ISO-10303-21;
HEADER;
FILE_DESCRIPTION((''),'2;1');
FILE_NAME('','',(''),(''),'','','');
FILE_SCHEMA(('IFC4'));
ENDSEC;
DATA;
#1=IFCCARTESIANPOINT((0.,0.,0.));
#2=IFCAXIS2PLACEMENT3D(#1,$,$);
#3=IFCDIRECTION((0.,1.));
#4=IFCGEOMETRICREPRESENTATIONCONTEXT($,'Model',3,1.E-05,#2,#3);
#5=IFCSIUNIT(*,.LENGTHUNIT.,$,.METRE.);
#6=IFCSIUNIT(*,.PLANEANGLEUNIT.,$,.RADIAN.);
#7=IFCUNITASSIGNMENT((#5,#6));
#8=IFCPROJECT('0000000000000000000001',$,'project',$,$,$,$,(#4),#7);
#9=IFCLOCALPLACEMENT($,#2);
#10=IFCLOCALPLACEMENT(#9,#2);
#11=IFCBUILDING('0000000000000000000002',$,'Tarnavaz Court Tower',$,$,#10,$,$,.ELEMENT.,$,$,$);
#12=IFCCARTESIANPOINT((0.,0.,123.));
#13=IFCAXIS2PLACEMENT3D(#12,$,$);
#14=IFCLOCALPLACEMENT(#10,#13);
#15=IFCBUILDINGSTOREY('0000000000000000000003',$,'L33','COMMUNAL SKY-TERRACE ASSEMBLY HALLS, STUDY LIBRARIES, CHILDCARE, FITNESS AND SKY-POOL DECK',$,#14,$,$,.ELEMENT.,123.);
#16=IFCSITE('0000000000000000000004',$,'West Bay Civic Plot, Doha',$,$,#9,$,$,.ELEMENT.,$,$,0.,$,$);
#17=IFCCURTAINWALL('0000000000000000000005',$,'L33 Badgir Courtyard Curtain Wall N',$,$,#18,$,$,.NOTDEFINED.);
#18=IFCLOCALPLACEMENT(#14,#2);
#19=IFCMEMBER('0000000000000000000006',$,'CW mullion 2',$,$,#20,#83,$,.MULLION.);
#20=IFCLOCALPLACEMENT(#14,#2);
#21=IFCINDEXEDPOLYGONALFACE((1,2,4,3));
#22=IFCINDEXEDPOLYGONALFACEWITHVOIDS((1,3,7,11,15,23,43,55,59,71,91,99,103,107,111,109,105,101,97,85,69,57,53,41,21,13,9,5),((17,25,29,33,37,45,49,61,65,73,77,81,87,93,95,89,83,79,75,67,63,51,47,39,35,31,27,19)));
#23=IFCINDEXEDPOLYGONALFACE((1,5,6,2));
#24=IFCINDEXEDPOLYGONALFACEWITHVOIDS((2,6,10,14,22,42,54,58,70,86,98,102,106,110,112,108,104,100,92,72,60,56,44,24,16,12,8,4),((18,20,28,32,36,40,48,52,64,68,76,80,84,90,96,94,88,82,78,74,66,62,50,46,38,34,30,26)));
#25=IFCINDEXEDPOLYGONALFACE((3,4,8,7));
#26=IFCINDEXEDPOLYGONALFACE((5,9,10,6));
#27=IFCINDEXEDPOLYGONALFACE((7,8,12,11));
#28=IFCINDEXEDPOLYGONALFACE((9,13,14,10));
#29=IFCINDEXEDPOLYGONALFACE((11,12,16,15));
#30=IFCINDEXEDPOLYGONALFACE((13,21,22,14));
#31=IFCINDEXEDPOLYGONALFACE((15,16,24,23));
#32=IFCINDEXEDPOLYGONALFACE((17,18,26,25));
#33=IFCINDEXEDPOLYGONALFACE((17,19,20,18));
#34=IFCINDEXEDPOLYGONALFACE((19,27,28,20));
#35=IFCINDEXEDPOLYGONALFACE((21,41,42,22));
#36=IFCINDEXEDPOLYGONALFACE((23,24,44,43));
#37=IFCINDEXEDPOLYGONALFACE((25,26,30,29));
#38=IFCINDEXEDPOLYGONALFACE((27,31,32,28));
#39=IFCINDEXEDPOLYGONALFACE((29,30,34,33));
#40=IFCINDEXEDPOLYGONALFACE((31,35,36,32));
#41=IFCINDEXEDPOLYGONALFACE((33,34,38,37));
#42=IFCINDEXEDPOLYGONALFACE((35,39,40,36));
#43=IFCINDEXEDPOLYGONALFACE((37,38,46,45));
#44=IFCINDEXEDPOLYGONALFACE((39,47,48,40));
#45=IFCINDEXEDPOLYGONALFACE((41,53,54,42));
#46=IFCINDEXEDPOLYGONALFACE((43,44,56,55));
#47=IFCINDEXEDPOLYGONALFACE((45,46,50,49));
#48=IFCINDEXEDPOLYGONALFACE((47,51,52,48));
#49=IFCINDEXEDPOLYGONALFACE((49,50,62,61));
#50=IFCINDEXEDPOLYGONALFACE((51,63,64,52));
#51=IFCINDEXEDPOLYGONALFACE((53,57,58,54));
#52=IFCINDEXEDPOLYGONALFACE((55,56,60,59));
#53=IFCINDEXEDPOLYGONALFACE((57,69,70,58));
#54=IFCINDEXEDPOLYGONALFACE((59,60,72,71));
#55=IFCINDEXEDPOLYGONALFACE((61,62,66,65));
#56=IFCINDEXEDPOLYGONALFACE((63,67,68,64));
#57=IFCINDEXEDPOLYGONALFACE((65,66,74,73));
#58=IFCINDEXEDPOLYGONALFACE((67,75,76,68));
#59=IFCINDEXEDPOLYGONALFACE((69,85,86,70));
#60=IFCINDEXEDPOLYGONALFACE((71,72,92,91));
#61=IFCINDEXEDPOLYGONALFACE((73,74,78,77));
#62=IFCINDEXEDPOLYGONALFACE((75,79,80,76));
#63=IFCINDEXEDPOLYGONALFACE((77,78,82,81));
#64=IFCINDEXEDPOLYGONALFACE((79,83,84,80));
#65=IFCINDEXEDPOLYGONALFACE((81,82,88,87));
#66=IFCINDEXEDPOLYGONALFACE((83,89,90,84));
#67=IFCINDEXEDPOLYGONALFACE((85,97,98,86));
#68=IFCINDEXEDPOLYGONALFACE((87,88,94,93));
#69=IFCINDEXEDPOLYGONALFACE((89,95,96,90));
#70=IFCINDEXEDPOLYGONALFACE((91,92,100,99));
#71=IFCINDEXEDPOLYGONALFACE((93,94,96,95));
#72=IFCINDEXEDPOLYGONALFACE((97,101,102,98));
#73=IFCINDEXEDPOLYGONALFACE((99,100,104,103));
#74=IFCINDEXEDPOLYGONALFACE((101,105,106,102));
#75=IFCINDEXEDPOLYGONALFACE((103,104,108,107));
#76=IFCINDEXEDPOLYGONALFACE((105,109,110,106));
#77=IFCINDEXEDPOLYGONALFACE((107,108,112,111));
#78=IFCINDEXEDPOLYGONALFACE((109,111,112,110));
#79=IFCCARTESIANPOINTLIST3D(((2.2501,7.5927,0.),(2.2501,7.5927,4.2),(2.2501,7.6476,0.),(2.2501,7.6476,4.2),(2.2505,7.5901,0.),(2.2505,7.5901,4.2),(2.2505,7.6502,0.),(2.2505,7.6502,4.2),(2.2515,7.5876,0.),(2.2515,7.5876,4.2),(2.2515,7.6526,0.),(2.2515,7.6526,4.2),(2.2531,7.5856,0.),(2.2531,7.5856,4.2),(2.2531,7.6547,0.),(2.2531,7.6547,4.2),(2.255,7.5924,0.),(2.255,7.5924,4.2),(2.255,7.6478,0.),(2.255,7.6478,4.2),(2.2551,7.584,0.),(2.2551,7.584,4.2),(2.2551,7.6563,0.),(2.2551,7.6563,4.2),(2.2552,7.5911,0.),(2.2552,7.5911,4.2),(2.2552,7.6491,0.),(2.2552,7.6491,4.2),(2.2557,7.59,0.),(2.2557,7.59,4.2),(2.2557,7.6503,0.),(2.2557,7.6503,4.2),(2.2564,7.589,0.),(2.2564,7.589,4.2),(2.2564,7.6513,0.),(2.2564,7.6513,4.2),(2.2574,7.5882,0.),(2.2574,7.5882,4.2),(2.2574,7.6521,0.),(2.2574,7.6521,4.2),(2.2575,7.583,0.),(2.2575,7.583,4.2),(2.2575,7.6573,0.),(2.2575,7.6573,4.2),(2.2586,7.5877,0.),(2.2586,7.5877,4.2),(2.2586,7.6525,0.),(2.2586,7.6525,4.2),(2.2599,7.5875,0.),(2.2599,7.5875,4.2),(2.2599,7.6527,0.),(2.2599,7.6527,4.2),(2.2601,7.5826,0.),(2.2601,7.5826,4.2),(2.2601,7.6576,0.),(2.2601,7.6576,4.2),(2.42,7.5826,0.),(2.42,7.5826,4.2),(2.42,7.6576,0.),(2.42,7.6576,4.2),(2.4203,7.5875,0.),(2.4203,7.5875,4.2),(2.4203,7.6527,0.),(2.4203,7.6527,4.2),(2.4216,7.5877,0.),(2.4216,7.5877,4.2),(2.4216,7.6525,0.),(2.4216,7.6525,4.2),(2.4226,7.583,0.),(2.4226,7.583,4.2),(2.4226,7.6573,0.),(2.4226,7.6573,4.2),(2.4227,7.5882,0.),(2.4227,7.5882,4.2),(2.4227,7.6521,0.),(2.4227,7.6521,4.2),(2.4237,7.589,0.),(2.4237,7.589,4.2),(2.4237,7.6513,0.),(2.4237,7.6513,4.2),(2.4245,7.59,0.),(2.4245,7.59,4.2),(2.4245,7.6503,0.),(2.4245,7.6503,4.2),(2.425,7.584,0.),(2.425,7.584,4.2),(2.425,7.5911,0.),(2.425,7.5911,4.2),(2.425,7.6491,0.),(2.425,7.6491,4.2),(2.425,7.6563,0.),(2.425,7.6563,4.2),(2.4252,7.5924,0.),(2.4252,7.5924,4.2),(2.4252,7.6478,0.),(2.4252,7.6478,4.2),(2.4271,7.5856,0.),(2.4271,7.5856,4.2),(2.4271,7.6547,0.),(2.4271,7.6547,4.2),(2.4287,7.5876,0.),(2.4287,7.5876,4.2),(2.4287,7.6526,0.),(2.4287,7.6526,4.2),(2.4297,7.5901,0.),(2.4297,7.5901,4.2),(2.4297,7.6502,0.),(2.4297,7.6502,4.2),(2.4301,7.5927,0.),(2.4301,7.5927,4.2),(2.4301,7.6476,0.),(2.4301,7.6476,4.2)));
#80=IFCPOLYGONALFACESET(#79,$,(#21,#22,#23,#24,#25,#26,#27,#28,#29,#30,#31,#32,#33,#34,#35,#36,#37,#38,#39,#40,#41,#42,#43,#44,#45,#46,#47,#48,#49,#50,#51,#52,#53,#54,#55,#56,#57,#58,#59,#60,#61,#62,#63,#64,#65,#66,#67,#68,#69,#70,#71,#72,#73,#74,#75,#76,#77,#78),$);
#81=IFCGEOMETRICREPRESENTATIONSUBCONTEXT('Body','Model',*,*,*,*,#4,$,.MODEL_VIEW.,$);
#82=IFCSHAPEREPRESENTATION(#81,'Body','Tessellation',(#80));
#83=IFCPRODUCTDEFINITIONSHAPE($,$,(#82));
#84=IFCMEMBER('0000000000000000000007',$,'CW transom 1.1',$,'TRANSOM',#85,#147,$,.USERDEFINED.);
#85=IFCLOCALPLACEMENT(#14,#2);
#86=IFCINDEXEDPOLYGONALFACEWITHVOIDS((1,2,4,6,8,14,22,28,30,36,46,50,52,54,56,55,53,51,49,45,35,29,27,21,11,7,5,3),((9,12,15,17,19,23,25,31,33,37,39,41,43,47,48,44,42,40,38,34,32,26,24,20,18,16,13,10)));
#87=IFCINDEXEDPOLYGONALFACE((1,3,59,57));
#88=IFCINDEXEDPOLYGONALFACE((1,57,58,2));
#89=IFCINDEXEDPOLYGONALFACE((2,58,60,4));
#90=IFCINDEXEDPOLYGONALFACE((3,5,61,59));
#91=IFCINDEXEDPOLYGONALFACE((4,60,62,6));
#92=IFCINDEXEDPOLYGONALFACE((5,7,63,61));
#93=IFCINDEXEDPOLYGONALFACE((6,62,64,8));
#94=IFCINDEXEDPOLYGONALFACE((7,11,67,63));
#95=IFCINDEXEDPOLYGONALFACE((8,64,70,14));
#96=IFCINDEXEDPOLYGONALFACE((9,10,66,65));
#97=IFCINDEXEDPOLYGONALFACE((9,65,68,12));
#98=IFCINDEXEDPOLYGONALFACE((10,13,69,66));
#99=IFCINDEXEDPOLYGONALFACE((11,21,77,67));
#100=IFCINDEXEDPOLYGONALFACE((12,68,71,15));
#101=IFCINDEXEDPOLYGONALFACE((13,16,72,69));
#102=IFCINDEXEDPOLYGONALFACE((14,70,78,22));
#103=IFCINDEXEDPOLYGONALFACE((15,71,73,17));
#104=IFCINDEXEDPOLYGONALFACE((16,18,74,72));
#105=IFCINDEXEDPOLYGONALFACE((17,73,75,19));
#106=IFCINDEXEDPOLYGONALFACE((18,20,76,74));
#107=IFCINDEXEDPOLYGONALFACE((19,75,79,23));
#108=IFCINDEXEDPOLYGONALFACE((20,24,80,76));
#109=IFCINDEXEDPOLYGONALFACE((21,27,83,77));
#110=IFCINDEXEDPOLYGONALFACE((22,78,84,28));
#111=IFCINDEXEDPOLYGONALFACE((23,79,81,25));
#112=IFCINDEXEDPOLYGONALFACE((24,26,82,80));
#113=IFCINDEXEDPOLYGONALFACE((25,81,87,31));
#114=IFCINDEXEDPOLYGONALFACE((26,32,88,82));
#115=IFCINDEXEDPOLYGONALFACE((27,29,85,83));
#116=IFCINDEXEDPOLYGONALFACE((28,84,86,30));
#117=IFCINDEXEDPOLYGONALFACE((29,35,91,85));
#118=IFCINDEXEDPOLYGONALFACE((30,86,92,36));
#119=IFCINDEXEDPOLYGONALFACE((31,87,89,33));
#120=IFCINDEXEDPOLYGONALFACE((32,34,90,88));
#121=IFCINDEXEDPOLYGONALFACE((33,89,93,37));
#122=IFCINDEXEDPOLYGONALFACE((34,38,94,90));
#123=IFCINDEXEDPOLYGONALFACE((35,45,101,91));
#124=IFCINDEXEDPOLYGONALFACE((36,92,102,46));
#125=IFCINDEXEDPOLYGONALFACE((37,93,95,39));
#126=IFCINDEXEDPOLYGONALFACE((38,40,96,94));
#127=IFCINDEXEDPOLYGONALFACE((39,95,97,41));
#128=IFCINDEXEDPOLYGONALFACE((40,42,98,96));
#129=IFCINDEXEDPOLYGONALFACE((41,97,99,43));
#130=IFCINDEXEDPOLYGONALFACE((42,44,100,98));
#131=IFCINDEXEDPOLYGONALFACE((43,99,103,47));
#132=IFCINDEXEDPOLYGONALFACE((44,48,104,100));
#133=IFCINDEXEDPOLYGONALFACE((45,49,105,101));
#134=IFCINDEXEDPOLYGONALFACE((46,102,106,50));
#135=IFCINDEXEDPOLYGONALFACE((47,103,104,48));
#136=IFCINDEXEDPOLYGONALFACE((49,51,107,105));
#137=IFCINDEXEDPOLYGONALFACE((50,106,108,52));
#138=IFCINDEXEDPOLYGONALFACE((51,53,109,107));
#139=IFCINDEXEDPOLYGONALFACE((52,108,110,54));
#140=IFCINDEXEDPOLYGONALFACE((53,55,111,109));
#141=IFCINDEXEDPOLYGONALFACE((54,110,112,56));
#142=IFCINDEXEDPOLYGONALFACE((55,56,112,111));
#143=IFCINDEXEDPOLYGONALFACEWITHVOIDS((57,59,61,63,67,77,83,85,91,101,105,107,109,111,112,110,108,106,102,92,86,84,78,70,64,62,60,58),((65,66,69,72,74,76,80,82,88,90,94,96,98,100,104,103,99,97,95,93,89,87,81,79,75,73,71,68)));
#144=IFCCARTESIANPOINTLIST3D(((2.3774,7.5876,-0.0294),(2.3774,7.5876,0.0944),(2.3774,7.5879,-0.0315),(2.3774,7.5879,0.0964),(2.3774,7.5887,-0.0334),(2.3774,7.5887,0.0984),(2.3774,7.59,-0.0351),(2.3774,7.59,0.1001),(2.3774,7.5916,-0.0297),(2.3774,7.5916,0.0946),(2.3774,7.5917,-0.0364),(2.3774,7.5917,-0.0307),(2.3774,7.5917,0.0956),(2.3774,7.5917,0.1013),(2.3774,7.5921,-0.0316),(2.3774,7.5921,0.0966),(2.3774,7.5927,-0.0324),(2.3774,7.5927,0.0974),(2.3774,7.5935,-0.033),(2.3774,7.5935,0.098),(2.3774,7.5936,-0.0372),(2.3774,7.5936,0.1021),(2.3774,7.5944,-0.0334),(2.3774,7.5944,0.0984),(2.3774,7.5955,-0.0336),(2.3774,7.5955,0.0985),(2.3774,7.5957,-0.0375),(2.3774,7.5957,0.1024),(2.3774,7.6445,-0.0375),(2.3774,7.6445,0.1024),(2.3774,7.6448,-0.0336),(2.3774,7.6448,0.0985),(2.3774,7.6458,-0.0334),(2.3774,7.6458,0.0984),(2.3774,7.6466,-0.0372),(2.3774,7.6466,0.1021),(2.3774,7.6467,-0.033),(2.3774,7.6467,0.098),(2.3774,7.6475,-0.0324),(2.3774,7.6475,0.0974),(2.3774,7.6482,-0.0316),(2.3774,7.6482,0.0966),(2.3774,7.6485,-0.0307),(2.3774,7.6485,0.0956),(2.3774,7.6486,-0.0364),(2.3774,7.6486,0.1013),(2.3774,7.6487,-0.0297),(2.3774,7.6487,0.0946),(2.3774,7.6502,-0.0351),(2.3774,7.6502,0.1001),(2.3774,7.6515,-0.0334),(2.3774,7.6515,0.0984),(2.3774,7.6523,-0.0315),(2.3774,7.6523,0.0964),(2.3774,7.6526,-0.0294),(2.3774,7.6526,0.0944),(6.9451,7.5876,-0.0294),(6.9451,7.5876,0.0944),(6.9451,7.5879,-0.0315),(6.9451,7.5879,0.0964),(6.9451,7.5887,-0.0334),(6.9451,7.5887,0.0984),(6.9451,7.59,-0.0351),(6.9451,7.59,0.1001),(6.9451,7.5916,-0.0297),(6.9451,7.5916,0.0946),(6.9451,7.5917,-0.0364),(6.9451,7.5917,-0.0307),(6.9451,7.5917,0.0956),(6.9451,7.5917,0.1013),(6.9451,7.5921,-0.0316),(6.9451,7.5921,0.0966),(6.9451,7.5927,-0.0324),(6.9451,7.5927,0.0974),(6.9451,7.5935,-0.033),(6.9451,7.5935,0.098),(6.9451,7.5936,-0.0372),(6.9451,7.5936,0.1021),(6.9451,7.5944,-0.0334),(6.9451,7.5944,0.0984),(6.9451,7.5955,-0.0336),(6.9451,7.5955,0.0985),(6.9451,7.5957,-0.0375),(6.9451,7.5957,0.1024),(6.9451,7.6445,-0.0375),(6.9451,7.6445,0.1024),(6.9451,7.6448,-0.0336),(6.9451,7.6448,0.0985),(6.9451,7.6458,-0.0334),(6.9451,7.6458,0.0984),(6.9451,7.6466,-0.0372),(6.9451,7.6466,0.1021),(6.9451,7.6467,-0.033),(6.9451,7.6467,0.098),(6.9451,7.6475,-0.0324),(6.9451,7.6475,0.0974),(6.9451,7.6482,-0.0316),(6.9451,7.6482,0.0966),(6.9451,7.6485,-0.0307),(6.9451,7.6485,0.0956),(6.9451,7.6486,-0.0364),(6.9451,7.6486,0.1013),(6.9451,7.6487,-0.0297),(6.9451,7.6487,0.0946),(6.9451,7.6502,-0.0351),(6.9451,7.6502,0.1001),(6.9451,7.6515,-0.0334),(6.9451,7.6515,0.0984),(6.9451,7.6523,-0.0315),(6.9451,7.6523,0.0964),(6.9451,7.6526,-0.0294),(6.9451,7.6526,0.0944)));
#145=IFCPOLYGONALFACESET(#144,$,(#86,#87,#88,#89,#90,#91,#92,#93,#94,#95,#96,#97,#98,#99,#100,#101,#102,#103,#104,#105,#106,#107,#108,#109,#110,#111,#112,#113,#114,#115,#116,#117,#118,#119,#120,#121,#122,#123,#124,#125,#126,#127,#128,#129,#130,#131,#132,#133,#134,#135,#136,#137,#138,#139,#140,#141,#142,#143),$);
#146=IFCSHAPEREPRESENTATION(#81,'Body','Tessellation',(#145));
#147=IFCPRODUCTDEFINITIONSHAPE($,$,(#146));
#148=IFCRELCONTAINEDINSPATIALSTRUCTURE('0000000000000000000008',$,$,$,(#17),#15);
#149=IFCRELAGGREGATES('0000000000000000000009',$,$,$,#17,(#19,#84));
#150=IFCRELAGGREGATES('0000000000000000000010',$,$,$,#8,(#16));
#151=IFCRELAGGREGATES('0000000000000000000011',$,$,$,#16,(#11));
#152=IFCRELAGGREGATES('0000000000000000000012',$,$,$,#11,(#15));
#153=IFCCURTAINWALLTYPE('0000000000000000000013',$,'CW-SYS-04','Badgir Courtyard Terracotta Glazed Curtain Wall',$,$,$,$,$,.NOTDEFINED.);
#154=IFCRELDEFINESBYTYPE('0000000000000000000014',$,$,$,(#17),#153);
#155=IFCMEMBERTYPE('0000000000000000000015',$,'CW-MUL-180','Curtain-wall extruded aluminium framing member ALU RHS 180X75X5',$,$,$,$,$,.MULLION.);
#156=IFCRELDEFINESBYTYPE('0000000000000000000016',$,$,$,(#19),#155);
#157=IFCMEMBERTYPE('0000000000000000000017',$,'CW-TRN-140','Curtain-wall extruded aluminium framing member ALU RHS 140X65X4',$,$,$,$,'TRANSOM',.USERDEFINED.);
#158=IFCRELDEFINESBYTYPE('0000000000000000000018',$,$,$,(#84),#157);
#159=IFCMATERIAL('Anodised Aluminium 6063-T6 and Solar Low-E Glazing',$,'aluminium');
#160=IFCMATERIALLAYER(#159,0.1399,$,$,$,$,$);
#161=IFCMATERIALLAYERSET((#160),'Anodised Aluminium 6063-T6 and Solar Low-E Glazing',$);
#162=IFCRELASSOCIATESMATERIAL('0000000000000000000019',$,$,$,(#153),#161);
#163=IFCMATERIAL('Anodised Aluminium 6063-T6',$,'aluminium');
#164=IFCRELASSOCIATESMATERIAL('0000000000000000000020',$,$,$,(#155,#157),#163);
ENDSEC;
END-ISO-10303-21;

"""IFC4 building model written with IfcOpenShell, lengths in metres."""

from ifc_helpers import new_model, si_unit, direction, frame, origin, origin_2d, place, context, subcontext, project, spatial, hollow_rectangle, extrude, material, layer, layer_set, material_profile, profile_set, type_object, element, aggregate, save


model = new_model("IFC4")

# Units and contexts
model_context = context("Model", 3, precision=1e-05, world=origin(), true_north=direction((0.0, 1.0)))
body_context = subcontext(model_context, "Body", "Model", "MODEL_VIEW")
ifc_project = project(units=[si_unit("LENGTHUNIT", "METRE"), si_unit("PLANEANGLEUNIT", "RADIAN")], contexts=[model_context])

# Site, building, storey
site_placement = place(None, origin())
site = spatial("IfcSite", under=ifc_project, at=site_placement, Name="West Bay Civic Plot, Doha", CompositionType="ELEMENT", RefElevation=0.0)
building_placement = place(site_placement, origin())
building = spatial("IfcBuilding", under=site, at=building_placement, Name="Tarnavaz Court Tower", CompositionType="ELEMENT")
storey_placement = place(building_placement, frame((0.0, 0.0, 123.0)))
storey = spatial("IfcBuildingStorey", under=building, at=storey_placement, Name="L33", Description="COMMUNAL SKY-TERRACE ASSEMBLY HALLS, STUDY LIBRARIES, CHILDCARE, FITNESS AND SKY-POOL DECK", CompositionType="ELEMENT", Elevation=123.0)

# Curtain wall, members
ifc_material_1 = material(Name="Anodised Aluminium 6063-T6 and Solar Low-E Glazing", Category="aluminium")
ifc_layer_1 = layer(ifc_material_1, 0.1399)
ifc_layer_set_1 = layer_set([ifc_layer_1], Name="Anodised Aluminium 6063-T6 and Solar Low-E Glazing")
curtain_wall_type = type_object("IfcCurtainWallType", Name="CW-SYS-04", Description="Badgir Courtyard Terracotta Glazed Curtain Wall", PredefinedType="NOTDEFINED", material=ifc_layer_set_1)
curtain_wall_placement = place(storey_placement, origin())
curtain_wall = element("IfcCurtainWall", 1, at=curtain_wall_placement, inside=storey, type_object=curtain_wall_type, Name="L33 Badgir Courtyard Curtain Wall N", PredefinedType="NOTDEFINED")
ifc_material_2 = material(Name="Anodised Aluminium 6063-T6", Category="aluminium")
ifc_material_profile_1 = material_profile(ifc_material_2, hollow_rectangle(XDim=0.075, YDim=0.1799, WallThickness=0.0049, InnerFilletRadius=0.0049, OuterFilletRadius=0.01, at=origin_2d()), Name="ALU RHS 180X75X5")
ifc_profile_set_1 = profile_set([ifc_material_profile_1], Name="Anodised Aluminium 6063-T6")
member_type_1 = type_object("IfcMemberType", Name="CW-MUL-180", Description="Curtain-wall extruded aluminium framing member ALU RHS 180X75X5", PredefinedType="MULLION", material=ifc_profile_set_1)
member_1_placement = place(storey_placement, frame((2.3401, 7.6201, 0.0), z_axis=(0.0, 0.0, 1.0), x_axis=(0.0, -1.0, 0.0)))
member_1 = element("IfcMember", 2, at=member_1_placement, type_object=member_type_1, Name="CW mullion 2", PredefinedType="MULLION", context=body_context, shape_type="SweptSolid", body=[
    extrude(hollow_rectangle(XDim=0.075, YDim=0.1799, WallThickness=0.0049, InnerFilletRadius=0.0049, OuterFilletRadius=0.01, at=origin_2d()), origin(), (0.0, 0.0, 1.0), 4.2),
])
ifc_material_profile_2 = material_profile(ifc_material_2, hollow_rectangle(XDim=0.0649, YDim=0.1399, WallThickness=0.0039, InnerFilletRadius=0.0039, OuterFilletRadius=0.0081, at=origin_2d()), Name="ALU RHS 140X65X4")
ifc_profile_set_2 = profile_set([ifc_material_profile_2], Name="Anodised Aluminium 6063-T6")
member_type_2 = type_object("IfcMemberType", Name="CW-TRN-140", Description="Curtain-wall extruded aluminium framing member ALU RHS 140X65X4", ElementType="TRANSOM", PredefinedType="USERDEFINED", material=ifc_profile_set_2)
member_2_placement = place(storey_placement, frame((6.9451, 7.6201, 0.0325), z_axis=(-1.0, 0.0, 0.0), x_axis=(0.0, -1.0, 0.0)))
member_2 = element("IfcMember", 3, at=member_2_placement, type_object=member_type_2, Name="CW transom 1.1", ObjectType="TRANSOM", PredefinedType="USERDEFINED", context=body_context, shape_type="SweptSolid", body=[
    extrude(hollow_rectangle(XDim=0.0649, YDim=0.1399, WallThickness=0.0039, InnerFilletRadius=0.0039, OuterFilletRadius=0.0081, at=origin_2d()), origin(), (0.0, 0.0, 1.0), 4.5676),
])
aggregate(curtain_wall, [member_1, member_2])

save(model, "model.ifc")
